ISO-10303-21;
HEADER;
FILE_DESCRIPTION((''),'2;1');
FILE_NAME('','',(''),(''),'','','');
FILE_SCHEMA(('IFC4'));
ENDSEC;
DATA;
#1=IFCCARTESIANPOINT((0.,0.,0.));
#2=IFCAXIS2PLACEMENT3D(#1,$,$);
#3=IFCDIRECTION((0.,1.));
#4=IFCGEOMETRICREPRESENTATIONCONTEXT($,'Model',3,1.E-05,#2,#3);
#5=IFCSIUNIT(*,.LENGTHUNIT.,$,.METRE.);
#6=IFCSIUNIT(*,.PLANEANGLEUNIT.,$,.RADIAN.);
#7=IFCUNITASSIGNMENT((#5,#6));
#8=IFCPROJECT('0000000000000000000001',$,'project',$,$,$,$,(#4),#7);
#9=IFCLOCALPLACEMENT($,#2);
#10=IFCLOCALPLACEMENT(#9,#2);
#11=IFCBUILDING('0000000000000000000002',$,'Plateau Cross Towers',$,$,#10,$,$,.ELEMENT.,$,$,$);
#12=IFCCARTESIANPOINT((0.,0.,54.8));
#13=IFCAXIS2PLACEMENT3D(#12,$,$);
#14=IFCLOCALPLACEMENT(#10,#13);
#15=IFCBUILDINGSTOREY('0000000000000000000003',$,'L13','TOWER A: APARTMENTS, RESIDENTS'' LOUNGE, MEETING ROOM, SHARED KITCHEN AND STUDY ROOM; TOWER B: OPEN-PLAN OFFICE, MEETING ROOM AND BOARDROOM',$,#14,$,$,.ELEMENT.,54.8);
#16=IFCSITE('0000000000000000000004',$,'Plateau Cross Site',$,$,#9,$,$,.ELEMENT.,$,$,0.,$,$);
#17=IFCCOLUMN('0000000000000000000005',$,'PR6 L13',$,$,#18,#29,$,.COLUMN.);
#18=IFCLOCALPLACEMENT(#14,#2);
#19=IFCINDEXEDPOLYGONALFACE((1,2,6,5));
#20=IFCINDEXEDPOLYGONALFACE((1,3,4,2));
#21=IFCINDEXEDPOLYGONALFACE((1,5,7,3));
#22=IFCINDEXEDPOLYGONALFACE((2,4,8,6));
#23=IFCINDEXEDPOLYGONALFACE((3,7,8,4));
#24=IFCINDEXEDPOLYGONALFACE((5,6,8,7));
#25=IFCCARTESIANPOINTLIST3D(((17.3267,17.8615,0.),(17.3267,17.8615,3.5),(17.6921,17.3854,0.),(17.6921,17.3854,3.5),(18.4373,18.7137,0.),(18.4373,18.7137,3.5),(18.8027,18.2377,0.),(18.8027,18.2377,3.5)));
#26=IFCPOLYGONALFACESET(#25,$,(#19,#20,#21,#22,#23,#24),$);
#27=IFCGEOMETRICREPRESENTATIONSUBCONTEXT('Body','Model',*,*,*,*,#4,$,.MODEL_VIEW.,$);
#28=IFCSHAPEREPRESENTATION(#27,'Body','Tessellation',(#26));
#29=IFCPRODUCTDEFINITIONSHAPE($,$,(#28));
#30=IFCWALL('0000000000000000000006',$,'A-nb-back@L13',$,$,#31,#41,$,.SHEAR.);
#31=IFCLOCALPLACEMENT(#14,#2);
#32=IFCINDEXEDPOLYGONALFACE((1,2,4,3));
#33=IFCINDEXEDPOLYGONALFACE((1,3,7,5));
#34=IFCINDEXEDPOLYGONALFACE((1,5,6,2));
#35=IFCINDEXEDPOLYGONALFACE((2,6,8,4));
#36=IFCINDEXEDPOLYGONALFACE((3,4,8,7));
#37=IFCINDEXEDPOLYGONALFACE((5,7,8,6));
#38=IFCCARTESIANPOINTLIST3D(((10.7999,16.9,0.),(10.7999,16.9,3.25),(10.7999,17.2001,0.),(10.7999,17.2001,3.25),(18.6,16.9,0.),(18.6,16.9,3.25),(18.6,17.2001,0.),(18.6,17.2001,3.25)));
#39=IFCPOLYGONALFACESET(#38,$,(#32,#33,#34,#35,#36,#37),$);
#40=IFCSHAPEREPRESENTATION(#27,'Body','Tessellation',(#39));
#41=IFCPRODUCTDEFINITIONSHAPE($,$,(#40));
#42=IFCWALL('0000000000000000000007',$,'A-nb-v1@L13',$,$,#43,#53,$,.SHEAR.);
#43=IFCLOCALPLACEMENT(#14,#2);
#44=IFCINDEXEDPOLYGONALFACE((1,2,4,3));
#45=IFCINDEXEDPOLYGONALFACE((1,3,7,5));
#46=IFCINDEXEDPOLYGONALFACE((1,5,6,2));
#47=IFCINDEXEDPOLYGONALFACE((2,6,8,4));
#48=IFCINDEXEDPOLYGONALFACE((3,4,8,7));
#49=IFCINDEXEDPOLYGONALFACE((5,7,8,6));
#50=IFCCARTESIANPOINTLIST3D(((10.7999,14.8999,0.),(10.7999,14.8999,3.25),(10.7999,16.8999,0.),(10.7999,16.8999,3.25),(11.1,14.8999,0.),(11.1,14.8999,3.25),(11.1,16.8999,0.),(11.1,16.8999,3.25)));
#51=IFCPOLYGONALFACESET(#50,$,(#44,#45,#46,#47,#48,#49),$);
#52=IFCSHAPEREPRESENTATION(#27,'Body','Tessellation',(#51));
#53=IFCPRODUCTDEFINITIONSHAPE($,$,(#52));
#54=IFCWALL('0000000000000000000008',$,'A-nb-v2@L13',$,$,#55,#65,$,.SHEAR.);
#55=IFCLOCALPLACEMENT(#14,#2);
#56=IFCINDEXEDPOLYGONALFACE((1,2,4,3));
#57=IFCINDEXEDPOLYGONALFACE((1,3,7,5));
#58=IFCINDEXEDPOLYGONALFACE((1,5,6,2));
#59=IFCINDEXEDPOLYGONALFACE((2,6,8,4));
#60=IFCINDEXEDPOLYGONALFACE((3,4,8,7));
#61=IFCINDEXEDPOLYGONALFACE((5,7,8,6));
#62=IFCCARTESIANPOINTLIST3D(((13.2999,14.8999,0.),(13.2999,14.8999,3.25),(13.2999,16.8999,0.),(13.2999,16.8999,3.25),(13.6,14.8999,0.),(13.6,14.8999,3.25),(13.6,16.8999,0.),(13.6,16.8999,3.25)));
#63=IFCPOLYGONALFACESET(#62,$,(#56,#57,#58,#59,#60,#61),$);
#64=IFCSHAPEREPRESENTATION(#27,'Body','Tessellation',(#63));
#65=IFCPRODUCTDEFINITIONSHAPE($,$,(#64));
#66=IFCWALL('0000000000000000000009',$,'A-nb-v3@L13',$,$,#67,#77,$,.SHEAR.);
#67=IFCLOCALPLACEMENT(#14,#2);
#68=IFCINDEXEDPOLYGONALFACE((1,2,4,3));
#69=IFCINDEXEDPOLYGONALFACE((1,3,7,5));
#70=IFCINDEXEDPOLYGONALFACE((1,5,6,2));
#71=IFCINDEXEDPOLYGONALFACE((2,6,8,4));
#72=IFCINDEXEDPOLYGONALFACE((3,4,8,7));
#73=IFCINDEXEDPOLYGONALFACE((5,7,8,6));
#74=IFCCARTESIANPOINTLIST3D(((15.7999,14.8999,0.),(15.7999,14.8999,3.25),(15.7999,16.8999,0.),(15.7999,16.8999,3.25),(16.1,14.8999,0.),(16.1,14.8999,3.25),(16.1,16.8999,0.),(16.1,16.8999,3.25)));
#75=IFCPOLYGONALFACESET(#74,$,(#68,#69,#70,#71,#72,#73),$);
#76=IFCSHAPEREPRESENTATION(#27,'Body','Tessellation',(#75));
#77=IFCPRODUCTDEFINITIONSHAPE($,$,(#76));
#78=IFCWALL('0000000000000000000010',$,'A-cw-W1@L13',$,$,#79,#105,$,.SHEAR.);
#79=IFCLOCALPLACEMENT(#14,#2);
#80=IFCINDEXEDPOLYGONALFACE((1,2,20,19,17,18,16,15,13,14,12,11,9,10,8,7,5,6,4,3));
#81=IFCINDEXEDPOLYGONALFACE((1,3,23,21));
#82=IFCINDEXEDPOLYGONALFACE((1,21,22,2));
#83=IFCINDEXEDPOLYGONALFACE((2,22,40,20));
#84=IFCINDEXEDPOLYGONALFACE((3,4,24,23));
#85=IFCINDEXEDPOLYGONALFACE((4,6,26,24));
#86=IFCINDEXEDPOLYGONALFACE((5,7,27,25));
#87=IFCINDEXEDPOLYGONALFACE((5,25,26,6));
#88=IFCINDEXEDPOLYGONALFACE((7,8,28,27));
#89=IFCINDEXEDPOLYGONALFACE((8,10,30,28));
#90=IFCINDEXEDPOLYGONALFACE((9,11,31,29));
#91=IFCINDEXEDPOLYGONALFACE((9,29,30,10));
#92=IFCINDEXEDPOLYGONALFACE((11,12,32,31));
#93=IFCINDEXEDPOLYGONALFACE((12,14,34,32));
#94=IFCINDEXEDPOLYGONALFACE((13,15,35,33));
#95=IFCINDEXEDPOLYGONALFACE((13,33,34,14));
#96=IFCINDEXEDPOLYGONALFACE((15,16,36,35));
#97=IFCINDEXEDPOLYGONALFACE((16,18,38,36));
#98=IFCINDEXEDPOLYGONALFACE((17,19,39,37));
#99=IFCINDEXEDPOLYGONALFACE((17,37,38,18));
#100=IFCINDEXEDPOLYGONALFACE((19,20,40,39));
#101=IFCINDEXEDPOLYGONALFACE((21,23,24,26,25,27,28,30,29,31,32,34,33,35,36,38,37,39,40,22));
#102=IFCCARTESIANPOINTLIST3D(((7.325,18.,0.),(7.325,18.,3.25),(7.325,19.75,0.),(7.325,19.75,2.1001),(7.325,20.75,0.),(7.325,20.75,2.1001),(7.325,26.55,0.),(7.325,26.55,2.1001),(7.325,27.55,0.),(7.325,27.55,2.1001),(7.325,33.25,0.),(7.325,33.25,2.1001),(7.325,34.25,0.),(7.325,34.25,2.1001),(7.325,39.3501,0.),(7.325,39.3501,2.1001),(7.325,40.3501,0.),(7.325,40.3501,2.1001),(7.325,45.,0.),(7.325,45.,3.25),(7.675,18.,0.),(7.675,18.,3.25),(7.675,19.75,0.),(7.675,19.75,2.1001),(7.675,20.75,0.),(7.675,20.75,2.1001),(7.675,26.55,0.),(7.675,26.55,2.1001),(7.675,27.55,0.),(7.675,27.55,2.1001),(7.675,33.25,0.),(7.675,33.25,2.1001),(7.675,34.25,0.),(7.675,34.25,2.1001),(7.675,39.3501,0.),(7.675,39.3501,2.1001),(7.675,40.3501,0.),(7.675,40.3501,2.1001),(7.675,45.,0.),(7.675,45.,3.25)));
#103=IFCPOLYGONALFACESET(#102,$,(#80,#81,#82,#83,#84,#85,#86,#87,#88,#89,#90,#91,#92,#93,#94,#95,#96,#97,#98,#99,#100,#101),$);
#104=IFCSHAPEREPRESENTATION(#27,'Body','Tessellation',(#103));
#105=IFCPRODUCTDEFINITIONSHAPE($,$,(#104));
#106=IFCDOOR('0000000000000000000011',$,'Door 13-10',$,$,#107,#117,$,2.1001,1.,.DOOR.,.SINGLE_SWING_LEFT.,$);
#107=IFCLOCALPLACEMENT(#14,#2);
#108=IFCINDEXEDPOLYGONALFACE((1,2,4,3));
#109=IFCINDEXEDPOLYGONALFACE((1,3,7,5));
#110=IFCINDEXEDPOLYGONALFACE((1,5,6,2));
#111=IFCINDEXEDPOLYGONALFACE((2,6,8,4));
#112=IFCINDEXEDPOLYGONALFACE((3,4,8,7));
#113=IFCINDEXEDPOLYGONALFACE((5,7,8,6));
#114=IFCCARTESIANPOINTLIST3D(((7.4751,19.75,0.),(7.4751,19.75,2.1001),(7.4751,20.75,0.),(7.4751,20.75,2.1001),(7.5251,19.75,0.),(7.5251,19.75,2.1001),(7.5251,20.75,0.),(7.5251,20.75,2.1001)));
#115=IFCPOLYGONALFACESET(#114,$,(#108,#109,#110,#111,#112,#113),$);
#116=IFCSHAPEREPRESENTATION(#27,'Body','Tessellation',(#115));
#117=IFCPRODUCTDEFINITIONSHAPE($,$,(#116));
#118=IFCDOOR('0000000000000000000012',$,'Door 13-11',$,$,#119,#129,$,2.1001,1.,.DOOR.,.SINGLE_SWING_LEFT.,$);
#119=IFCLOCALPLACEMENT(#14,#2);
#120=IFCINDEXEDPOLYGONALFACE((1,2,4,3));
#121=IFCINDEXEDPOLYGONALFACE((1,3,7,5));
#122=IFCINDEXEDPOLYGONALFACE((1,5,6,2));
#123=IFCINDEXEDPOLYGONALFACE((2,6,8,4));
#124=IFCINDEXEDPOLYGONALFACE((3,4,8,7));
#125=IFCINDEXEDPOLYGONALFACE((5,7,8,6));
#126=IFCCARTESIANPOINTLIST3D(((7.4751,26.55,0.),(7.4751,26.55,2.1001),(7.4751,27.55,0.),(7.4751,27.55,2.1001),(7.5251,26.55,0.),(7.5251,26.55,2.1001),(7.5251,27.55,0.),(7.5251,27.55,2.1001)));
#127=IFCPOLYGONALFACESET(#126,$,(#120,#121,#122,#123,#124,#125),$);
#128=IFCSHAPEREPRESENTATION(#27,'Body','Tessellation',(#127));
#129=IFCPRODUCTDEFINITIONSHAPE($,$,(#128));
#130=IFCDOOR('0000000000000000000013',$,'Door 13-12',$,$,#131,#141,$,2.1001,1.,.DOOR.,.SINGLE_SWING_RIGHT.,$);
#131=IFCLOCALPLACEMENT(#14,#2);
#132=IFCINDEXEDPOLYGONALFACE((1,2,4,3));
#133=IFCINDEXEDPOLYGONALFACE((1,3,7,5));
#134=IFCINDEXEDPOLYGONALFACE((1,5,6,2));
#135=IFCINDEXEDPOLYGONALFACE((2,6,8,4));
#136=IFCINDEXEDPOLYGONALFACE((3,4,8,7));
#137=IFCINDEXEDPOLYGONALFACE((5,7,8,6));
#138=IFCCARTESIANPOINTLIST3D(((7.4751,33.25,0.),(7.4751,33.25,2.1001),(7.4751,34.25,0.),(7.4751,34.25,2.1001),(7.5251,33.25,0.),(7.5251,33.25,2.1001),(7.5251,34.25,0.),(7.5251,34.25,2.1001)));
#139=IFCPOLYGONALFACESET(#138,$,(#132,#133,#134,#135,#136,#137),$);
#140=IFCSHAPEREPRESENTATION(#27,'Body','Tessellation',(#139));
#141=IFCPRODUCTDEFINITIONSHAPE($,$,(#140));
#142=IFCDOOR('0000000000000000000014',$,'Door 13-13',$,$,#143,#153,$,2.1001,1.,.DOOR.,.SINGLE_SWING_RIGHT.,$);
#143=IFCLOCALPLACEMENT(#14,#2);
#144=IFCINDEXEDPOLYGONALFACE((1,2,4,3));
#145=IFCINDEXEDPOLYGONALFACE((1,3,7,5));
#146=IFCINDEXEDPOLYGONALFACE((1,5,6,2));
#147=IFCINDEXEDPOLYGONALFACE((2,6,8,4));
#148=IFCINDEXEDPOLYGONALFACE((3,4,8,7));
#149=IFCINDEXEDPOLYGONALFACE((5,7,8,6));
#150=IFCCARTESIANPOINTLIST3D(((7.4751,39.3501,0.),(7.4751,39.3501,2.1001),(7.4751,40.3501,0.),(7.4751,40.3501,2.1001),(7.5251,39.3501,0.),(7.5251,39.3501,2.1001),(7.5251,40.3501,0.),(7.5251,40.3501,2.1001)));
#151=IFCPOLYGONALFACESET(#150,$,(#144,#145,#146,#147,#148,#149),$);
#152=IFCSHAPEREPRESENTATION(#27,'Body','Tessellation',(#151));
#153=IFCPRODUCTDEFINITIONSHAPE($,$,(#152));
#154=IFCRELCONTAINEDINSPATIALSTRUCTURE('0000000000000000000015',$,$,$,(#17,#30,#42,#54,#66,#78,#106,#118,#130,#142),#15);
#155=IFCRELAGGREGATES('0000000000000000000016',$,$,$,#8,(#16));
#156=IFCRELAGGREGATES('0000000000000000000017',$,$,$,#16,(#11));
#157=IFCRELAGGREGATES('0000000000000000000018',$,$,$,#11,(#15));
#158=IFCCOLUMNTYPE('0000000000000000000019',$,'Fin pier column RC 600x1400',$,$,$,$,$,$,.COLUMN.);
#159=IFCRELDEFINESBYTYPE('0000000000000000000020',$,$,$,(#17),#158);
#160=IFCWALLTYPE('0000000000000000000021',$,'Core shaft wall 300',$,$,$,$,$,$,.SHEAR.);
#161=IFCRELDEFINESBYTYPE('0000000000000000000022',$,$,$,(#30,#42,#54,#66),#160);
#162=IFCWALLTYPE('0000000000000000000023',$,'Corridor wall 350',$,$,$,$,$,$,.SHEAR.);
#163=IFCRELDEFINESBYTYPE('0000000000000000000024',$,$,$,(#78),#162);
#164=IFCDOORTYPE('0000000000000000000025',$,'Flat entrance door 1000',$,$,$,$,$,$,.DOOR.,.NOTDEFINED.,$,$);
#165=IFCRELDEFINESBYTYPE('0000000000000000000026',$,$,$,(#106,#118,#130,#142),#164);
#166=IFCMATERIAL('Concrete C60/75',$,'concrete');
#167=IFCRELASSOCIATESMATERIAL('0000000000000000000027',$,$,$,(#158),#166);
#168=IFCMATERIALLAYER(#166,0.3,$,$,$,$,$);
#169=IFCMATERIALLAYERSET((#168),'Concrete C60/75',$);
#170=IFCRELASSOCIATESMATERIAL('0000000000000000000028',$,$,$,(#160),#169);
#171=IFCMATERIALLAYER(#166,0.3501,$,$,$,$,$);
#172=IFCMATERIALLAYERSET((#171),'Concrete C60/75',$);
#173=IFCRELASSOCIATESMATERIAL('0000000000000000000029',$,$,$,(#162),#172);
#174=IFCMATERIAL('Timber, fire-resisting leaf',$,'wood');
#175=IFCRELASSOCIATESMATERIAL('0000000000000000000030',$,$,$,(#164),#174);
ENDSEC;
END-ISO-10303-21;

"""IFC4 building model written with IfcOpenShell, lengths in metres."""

from ifc_helpers import new_model, si_unit, direction, frame, frame_2d, origin, origin_2d, place, context, subcontext, project, spatial, rectangle, extrude, material, layer, layer_set, material_profile, profile_set, type_object, element, fill, save


model = new_model("IFC4")

# Units and contexts
model_context = context("Model", 3, precision=1e-05, world=origin(), true_north=direction((0.0, 1.0)))
body_context = subcontext(model_context, "Body", "Model", "MODEL_VIEW")
ifc_project = project(units=[si_unit("LENGTHUNIT", "METRE"), si_unit("PLANEANGLEUNIT", "RADIAN")], contexts=[model_context])

# Site, building, storey
site_placement = place(None, origin())
site = spatial("IfcSite", under=ifc_project, at=site_placement, Name="Plateau Cross Site", CompositionType="ELEMENT", RefElevation=0.0)
building_placement = place(site_placement, origin())
building = spatial("IfcBuilding", under=site, at=building_placement, Name="Plateau Cross Towers", CompositionType="ELEMENT")
storey_placement = place(building_placement, frame((0.0, 0.0, 54.8)))
storey = spatial("IfcBuildingStorey", under=building, at=storey_placement, Name="L13", Description="TOWER A: APARTMENTS, RESIDENTS' LOUNGE, MEETING ROOM, SHARED KITCHEN AND STUDY ROOM; TOWER B: OPEN-PLAN OFFICE, MEETING ROOM AND BOARDROOM", CompositionType="ELEMENT", Elevation=54.8)

# Column
ifc_material_1 = material(Name="Concrete C60/75", Category="concrete")
ifc_material_profile = material_profile(ifc_material_1, rectangle(XDim=0.6001, YDim=1.3999, at=origin_2d()), Name="RC 600x1400")
ifc_profile_set = profile_set([ifc_material_profile], Name="Concrete C60/75")
column_type = type_object("IfcColumnType", Name="Fin pier column RC 600x1400", PredefinedType="COLUMN", material=ifc_profile_set)
column_placement = place(storey_placement, frame((18.0647, 18.0496, 0.0), z_axis=(0.0, 0.0, 1.0), x_axis=(-0.608811, 0.793315, 0.0)))
element("IfcColumn", 1, at=column_placement, inside=storey, type_object=column_type, Name="PR6 L13", PredefinedType="COLUMN", context=body_context, shape_type="SweptSolid", body=[
    extrude(rectangle(XDim=0.6001, YDim=1.3999, at=origin_2d()), origin(), (0.0, 0.0, 1.0), 3.5),
])

# Walls
ifc_layer_1 = layer(ifc_material_1, 0.3)
ifc_layer_set_1 = layer_set([ifc_layer_1], Name="Concrete C60/75")
wall_type_1 = type_object("IfcWallType", Name="Core shaft wall 300", PredefinedType="SHEAR", material=ifc_layer_set_1)
wall_1_placement = place(storey_placement, frame((10.8, 17.05, 0.0), z_axis=(0.0, 0.0, 1.0), x_axis=(1.0, 0.0, 0.0)))
element("IfcWall", 2, at=wall_1_placement, inside=storey, type_object=wall_type_1, Name="A-nb-back@L13", PredefinedType="SHEAR", context=body_context, shape_type="SweptSolid", body=[
    extrude(rectangle(XDim=7.8, YDim=0.3, at=frame_2d((3.8999, 0.0))), origin(), (0.0, 0.0, 1.0), 3.25),
])
for number, where, z_axis, x_axis, name in (
    (3, (10.95, 14.8999, 0.0), (0.0, 0.0, 1.0), (0.0, 1.0, 0.0), "A-nb-v1@L13"),
    (4, (13.45, 14.8999, 0.0), (0.0, 0.0, 1.0), (0.0, 1.0, 0.0), "A-nb-v2@L13"),
    (5, (15.95, 14.8999, 0.0), (0.0, 0.0, 1.0), (0.0, 1.0, 0.0), "A-nb-v3@L13"),
):
    element("IfcWall", number, at=place(storey_placement, frame(where, z_axis=z_axis, x_axis=x_axis)), inside=storey, type_object=wall_type_1, Name=name, PredefinedType="SHEAR", context=body_context, shape_type="SweptSolid", body=[
        extrude(rectangle(XDim=2.0, YDim=0.3, at=frame_2d((1.0, 0.0))), origin(), (0.0, 0.0, 1.0), 3.25),
    ])

# Wall, openings, doors
ifc_layer_2 = layer(ifc_material_1, 0.3501)
ifc_layer_set_2 = layer_set([ifc_layer_2], Name="Concrete C60/75")
wall_type_2 = type_object("IfcWallType", Name="Corridor wall 350", PredefinedType="SHEAR", material=ifc_layer_set_2)
wall_2_placement = place(storey_placement, frame((7.5, 18.0, 0.0), z_axis=(0.0, 0.0, 1.0), x_axis=(0.0, 1.0, 0.0)))
wall_2 = element("IfcWall", 6, at=wall_2_placement, inside=storey, type_object=wall_type_2, Name="A-cw-W1@L13", PredefinedType="SHEAR", context=body_context, shape_type="SweptSolid", body=[
    extrude(rectangle(XDim=27.0, YDim=0.3501, at=frame_2d((13.5, 0.0))), origin(), (0.0, 0.0, 1.0), 3.25),
])
opening_1_placement = place(wall_2_placement, frame((1.75, 0.0, 0.0)))
opening_1 = element("IfcOpeningElement", 7, at=opening_1_placement, cuts=wall_2, PredefinedType="OPENING", context=body_context, shape_type="SweptSolid", body=[
    extrude(rectangle(XDim=1.0, YDim=2.1001, at=frame_2d((0.5, 1.05))), frame((0.0, 0.1851, 0.0), z_axis=(0.0, -1.0, 0.0), x_axis=(1.0, 0.0, 0.0)), (0.0, 0.0, 1.0), 0.3701),
])
opening_2_placement = place(wall_2_placement, frame((8.55, 0.0, 0.0)))
opening_2 = element("IfcOpeningElement", 8, at=opening_2_placement, cuts=wall_2, PredefinedType="OPENING", context=body_context, shape_type="SweptSolid", body=[
    extrude(rectangle(XDim=1.0, YDim=2.1001, at=frame_2d((0.5, 1.05))), frame((0.0, 0.1851, 0.0), z_axis=(0.0, -1.0, 0.0), x_axis=(1.0, 0.0, 0.0)), (0.0, 0.0, 1.0), 0.3701),
])
opening_3_placement = place(wall_2_placement, frame((15.25, 0.0, 0.0)))
opening_3 = element("IfcOpeningElement", 9, at=opening_3_placement, cuts=wall_2, PredefinedType="OPENING", context=body_context, shape_type="SweptSolid", body=[
    extrude(rectangle(XDim=1.0, YDim=2.1001, at=frame_2d((0.5, 1.05))), frame((0.0, 0.1851, 0.0), z_axis=(0.0, -1.0, 0.0), x_axis=(1.0, 0.0, 0.0)), (0.0, 0.0, 1.0), 0.3701),
])
opening_4_placement = place(wall_2_placement, frame((21.3501, 0.0, 0.0)))
opening_4 = element("IfcOpeningElement", 10, at=opening_4_placement, cuts=wall_2, PredefinedType="OPENING", context=body_context, shape_type="SweptSolid", body=[
    extrude(rectangle(XDim=1.0, YDim=2.1001, at=frame_2d((0.5, 1.05))), frame((0.0, 0.1851, 0.0), z_axis=(0.0, -1.0, 0.0), x_axis=(1.0, 0.0, 0.0)), (0.0, 0.0, 1.0), 0.3701),
])
ifc_material_2 = material(Name="Timber, fire-resisting leaf", Category="wood")
door_type_1 = type_object("IfcDoorType", Name="Flat entrance door 1000", OperationType="NOTDEFINED", PredefinedType="DOOR", material=ifc_material_2)
door_1_placement = place(opening_1_placement, origin())
door_1 = element("IfcDoor", 11, at=door_1_placement, inside=storey, type_object=door_type_1, Name="Door 13-10", OperationType="SINGLE_SWING_LEFT", OverallHeight=2.1001, OverallWidth=1.0, PredefinedType="DOOR", context=body_context, shape_type="SweptSolid", body=[
    extrude(rectangle(XDim=1.0, YDim=2.1001, at=frame_2d((0.5, 1.05))), frame((0.0, 0.0249, 0.0), z_axis=(0.0, -1.0, 0.0), x_axis=(1.0, 0.0, 0.0)), (0.0, 0.0, 1.0), 0.05),
])
fill(opening_1, door_1)
door_2_placement = place(opening_2_placement, origin())
door_2 = element("IfcDoor", 12, at=door_2_placement, inside=storey, type_object=door_type_1, Name="Door 13-11", OperationType="SINGLE_SWING_LEFT", OverallHeight=2.1001, OverallWidth=1.0, PredefinedType="DOOR", context=body_context, shape_type="SweptSolid", body=[
    extrude(rectangle(XDim=1.0, YDim=2.1001, at=frame_2d((0.5, 1.05))), frame((0.0, 0.0249, 0.0), z_axis=(0.0, -1.0, 0.0), x_axis=(1.0, 0.0, 0.0)), (0.0, 0.0, 1.0), 0.05),
])
fill(opening_2, door_2)
door_3_placement = place(opening_3_placement, origin())
door_3 = element("IfcDoor", 13, at=door_3_placement, inside=storey, type_object=door_type_1, Name="Door 13-12", OperationType="SINGLE_SWING_RIGHT", OverallHeight=2.1001, OverallWidth=1.0, PredefinedType="DOOR", context=body_context, shape_type="SweptSolid", body=[
    extrude(rectangle(XDim=1.0, YDim=2.1001, at=frame_2d((0.5, 1.05))), frame((0.0, 0.0249, 0.0), z_axis=(0.0, -1.0, 0.0), x_axis=(1.0, 0.0, 0.0)), (0.0, 0.0, 1.0), 0.05),
])
fill(opening_3, door_3)
door_4_placement = place(opening_4_placement, origin())
door_4 = element("IfcDoor", 14, at=door_4_placement, inside=storey, type_object=door_type_1, Name="Door 13-13", OperationType="SINGLE_SWING_RIGHT", OverallHeight=2.1001, OverallWidth=1.0, PredefinedType="DOOR", context=body_context, shape_type="SweptSolid", body=[
    extrude(rectangle(XDim=1.0, YDim=2.1001, at=frame_2d((0.5, 1.05))), frame((0.0, 0.0249, 0.0), z_axis=(0.0, -1.0, 0.0), x_axis=(1.0, 0.0, 0.0)), (0.0, 0.0, 1.0), 0.05),
])
fill(opening_4, door_4)

save(model, "model.ifc")
